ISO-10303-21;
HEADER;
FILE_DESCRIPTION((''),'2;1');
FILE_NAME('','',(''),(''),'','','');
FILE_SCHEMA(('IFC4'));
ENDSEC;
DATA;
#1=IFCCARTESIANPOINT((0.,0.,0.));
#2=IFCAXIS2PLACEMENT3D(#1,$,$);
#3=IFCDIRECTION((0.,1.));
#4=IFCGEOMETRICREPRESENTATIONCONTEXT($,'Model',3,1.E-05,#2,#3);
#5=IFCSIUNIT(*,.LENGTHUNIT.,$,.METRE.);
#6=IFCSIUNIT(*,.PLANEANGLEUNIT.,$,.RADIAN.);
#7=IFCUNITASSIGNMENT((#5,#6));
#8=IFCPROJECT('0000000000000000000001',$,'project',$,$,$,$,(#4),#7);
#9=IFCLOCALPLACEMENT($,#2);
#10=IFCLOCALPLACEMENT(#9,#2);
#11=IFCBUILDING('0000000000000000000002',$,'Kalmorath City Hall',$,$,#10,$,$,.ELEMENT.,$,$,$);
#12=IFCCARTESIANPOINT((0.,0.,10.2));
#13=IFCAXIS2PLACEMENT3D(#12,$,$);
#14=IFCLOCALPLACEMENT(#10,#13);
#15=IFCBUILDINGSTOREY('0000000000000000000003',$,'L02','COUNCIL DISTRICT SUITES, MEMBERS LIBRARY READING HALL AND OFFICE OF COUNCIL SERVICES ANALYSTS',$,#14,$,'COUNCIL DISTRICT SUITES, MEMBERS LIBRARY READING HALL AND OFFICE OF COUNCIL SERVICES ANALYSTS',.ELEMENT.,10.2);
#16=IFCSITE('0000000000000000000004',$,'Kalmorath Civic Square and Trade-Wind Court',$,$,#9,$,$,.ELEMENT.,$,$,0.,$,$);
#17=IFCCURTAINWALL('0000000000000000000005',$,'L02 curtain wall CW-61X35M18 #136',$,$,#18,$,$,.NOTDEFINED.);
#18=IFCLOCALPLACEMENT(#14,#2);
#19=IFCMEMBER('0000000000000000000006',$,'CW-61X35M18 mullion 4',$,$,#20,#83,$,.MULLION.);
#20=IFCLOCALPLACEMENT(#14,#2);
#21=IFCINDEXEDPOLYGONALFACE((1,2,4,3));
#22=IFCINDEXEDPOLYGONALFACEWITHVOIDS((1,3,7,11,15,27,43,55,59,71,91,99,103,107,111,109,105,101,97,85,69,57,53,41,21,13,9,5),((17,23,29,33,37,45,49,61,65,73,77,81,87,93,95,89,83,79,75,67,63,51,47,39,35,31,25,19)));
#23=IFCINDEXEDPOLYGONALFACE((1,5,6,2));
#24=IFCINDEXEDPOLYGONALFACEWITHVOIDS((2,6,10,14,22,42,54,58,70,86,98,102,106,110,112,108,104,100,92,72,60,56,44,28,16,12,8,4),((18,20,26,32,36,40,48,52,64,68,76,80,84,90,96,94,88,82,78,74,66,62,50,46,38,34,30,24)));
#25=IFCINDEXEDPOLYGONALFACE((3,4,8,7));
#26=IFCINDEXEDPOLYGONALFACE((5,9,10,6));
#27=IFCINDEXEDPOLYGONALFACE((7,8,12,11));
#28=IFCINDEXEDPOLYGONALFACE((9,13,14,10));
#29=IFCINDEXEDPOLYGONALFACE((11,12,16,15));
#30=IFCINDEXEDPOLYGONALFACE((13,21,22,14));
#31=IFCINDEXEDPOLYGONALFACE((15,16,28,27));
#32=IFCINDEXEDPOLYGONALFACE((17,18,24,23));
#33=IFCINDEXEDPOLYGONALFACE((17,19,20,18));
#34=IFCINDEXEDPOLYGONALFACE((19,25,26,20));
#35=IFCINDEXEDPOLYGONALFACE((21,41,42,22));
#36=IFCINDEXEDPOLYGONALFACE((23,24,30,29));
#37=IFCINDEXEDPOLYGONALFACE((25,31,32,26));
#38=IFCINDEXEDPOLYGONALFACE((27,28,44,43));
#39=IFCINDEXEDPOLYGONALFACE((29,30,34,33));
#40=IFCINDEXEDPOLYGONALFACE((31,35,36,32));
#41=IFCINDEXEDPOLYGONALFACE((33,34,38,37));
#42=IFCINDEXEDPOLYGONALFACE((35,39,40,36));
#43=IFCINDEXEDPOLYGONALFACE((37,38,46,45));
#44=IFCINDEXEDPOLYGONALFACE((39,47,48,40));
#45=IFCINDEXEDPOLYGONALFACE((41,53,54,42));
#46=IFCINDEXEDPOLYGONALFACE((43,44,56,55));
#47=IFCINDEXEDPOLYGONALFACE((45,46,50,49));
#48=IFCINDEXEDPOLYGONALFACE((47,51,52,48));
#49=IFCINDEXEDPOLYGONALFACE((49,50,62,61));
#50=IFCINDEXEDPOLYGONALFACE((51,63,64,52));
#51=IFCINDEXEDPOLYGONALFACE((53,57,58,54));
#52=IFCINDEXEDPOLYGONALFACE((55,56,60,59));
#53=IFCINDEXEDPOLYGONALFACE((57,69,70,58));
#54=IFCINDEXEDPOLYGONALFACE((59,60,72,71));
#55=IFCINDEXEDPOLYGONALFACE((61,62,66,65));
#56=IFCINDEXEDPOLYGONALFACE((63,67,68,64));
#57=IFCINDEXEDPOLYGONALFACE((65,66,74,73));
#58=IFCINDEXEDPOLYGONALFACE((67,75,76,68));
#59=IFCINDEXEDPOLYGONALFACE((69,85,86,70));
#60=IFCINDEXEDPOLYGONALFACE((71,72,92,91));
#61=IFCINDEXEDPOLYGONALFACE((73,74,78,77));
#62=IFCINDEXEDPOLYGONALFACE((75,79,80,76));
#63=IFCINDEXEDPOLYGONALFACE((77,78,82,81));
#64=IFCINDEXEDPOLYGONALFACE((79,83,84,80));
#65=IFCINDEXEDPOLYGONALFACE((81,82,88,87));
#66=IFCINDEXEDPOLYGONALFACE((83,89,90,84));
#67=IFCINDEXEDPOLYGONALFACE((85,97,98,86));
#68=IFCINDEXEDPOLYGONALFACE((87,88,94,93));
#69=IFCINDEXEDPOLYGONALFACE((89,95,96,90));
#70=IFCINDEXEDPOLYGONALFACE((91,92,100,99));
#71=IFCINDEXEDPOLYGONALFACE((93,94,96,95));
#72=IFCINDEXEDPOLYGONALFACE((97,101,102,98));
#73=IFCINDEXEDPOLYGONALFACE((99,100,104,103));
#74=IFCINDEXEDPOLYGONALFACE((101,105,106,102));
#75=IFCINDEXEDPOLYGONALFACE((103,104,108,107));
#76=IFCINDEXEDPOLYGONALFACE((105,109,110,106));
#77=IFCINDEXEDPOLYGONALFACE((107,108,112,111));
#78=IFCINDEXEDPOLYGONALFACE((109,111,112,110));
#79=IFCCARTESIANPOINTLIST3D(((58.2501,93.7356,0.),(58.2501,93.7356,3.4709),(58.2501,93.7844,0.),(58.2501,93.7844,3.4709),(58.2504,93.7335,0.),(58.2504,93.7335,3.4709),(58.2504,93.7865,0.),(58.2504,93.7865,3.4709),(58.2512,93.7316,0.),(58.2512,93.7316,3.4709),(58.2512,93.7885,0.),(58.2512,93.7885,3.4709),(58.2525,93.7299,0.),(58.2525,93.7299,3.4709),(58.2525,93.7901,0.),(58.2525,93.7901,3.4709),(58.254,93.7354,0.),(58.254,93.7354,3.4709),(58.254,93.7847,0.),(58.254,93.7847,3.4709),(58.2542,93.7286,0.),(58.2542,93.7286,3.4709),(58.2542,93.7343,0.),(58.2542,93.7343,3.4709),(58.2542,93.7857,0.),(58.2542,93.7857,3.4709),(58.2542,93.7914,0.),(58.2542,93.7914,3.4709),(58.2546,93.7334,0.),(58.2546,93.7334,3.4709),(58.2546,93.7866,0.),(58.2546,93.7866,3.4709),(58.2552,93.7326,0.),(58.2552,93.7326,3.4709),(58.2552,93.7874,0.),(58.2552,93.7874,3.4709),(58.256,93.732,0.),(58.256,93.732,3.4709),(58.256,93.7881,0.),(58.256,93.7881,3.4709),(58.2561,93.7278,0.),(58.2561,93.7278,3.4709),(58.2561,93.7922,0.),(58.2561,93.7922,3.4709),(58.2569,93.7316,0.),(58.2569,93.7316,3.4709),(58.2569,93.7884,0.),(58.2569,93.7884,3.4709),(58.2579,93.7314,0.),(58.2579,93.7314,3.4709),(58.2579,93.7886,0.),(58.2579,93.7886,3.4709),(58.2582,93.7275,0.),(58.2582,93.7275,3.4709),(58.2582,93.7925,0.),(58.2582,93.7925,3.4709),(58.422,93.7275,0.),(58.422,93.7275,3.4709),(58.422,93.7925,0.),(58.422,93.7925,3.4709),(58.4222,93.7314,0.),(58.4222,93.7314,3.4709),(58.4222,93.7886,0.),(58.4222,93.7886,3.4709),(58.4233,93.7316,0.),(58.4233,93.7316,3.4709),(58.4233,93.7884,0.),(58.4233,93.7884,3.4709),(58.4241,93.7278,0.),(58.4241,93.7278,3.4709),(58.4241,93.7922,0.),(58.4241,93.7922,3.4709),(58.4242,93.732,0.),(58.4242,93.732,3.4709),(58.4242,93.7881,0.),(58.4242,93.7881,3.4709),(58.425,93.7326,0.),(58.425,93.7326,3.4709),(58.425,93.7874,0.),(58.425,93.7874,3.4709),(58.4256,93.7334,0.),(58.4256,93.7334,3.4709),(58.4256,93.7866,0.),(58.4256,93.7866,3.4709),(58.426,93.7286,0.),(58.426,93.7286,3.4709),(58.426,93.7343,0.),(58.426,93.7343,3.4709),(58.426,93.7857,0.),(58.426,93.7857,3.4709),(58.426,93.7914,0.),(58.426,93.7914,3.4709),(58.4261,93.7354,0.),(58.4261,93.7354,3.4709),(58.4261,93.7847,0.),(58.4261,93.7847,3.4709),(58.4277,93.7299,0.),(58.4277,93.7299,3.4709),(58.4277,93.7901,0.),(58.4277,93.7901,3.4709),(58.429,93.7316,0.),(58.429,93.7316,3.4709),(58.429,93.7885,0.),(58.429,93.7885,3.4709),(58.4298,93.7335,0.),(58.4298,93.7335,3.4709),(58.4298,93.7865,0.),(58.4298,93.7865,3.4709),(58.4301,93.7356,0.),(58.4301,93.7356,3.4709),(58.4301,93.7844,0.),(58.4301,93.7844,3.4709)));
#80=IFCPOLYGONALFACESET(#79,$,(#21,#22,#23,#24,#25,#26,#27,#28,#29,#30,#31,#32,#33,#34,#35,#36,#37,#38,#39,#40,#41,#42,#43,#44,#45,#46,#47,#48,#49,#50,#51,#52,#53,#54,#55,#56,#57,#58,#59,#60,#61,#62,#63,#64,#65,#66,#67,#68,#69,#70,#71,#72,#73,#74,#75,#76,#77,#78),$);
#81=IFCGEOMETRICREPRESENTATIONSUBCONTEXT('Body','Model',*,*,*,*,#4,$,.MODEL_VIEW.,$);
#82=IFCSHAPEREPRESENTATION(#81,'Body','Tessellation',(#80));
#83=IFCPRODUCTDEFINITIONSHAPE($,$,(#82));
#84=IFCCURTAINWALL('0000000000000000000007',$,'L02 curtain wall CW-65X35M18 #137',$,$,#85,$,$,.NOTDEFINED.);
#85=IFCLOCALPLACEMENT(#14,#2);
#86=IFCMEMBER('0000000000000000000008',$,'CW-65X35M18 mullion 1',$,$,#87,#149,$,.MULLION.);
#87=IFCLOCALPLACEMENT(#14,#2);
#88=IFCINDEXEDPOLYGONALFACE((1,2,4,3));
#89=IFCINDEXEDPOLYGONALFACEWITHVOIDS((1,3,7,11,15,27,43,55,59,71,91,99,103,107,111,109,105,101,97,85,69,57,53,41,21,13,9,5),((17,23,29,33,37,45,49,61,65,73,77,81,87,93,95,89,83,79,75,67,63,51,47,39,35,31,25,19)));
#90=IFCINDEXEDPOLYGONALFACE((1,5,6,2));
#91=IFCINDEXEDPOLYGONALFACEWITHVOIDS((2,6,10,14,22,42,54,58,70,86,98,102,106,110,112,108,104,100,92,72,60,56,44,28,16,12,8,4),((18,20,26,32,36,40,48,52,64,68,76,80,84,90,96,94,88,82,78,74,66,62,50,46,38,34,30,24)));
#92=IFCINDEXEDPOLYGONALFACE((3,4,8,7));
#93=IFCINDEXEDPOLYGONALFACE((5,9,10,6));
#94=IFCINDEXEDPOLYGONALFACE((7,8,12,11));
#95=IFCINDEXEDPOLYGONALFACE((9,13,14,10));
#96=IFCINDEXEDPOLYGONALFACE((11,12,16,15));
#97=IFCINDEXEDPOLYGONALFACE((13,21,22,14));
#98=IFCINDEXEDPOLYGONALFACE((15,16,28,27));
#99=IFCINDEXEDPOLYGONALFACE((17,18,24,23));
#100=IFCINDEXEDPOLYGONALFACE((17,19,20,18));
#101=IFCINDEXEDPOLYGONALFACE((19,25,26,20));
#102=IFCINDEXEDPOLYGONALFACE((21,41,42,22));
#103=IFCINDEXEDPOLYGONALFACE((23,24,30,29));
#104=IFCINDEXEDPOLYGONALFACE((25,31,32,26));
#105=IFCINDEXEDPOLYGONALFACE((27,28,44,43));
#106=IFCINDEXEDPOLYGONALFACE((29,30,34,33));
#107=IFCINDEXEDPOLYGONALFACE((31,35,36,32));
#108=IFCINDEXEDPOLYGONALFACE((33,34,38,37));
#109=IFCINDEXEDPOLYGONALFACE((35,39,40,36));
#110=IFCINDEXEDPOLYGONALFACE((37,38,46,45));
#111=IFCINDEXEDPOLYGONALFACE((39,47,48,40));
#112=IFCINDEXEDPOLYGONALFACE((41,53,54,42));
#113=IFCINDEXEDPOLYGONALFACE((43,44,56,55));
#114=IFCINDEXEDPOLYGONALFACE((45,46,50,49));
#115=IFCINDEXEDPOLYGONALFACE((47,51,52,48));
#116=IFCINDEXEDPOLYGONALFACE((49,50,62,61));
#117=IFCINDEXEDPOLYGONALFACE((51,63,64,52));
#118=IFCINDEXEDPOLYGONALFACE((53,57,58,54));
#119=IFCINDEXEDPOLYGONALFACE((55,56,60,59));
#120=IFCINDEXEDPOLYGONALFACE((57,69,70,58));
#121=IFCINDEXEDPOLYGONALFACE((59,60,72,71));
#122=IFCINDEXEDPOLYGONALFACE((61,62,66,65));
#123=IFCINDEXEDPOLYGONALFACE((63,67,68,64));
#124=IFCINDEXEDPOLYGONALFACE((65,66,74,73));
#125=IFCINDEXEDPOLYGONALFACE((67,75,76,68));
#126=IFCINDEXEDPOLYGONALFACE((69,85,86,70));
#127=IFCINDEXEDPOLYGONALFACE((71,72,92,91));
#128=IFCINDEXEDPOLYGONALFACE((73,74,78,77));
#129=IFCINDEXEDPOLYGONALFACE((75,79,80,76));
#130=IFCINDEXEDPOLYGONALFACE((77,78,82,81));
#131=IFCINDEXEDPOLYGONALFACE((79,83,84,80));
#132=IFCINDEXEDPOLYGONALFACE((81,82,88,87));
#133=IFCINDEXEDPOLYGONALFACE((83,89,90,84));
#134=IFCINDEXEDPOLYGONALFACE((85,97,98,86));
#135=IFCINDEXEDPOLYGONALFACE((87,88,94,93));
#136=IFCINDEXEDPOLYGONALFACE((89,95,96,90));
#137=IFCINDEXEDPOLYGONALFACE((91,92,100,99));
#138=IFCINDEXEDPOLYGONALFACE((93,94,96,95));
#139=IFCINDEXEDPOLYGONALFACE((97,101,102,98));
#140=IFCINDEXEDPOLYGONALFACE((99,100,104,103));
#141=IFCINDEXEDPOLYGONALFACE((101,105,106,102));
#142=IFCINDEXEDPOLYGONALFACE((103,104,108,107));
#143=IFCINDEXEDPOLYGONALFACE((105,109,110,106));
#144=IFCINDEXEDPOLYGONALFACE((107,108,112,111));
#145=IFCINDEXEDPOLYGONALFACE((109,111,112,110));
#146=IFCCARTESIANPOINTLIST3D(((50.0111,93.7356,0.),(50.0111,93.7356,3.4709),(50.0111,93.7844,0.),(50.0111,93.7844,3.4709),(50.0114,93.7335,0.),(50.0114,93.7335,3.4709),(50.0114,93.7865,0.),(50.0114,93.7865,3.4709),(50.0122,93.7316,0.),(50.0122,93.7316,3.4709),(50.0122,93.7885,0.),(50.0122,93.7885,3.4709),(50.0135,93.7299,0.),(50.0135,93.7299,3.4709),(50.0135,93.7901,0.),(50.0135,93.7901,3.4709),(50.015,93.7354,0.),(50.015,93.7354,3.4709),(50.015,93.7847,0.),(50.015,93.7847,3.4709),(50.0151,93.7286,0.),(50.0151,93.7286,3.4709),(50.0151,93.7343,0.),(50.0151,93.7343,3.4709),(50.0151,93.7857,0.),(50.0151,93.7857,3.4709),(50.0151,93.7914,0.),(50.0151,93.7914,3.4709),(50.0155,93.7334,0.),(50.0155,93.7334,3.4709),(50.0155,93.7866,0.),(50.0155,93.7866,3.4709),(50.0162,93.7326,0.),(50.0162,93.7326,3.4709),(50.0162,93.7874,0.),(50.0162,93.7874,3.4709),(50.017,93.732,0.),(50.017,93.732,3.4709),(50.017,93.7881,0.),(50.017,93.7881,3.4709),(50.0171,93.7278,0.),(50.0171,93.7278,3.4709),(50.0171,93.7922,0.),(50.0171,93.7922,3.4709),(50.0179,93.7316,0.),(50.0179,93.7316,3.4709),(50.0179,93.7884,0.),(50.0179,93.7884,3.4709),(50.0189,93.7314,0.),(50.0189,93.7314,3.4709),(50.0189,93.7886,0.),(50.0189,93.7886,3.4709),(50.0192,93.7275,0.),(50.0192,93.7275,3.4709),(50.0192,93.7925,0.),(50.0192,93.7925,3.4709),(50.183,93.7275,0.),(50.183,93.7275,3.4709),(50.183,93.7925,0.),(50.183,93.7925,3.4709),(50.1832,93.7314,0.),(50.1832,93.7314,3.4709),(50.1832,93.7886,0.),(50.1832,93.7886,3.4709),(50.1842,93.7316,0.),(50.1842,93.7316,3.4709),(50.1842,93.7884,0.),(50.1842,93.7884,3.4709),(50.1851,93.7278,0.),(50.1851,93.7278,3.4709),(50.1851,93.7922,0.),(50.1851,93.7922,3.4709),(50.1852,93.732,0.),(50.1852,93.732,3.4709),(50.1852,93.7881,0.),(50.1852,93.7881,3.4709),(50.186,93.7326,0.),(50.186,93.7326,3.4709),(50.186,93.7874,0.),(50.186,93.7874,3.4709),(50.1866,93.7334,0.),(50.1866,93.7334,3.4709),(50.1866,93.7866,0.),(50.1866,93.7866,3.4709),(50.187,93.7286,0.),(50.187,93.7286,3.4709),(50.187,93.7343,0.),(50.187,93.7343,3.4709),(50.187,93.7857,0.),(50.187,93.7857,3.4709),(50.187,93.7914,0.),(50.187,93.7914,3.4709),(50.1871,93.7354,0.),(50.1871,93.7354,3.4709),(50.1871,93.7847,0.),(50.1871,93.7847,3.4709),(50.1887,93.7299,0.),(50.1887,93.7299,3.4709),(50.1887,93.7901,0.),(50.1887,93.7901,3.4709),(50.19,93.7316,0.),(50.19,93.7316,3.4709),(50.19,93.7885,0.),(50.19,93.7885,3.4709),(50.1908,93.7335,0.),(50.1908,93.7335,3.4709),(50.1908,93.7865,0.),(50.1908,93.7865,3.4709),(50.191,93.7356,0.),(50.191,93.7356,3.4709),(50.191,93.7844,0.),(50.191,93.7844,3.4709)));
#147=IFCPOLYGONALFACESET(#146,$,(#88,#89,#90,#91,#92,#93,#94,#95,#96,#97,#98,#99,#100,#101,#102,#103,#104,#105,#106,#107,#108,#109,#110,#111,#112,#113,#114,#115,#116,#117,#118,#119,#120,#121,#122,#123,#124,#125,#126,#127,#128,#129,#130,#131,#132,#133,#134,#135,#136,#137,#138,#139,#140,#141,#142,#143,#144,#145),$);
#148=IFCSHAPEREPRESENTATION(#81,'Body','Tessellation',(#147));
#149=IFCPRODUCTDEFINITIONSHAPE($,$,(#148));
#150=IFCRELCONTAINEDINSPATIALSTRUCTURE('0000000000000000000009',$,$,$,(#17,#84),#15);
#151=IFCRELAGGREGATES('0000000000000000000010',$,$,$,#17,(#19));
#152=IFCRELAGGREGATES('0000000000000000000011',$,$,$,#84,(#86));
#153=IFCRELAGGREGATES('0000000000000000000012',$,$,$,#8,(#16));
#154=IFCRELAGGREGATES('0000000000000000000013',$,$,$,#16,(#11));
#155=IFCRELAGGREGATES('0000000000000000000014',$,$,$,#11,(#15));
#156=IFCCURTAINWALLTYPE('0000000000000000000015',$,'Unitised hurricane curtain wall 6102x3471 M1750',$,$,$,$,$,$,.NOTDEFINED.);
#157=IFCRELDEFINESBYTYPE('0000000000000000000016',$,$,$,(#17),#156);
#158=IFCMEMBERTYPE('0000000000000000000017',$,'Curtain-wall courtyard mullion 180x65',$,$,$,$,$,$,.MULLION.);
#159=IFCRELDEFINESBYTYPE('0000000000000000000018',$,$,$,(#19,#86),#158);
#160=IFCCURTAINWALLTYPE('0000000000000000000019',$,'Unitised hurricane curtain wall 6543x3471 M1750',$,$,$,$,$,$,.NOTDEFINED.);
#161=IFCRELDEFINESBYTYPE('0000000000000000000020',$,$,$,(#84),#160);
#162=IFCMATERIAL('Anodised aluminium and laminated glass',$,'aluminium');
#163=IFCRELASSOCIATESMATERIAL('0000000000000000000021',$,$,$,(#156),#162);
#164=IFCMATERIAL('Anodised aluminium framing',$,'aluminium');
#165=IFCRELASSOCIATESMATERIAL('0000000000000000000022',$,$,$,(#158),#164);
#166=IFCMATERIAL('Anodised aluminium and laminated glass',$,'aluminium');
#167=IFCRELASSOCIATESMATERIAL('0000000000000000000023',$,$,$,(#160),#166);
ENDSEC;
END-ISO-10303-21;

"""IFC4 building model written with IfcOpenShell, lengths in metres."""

from ifc_helpers import new_model, si_unit, direction, frame, origin, origin_2d, place, context, subcontext, project, spatial, hollow_rectangle, extrude, material, material_profile, profile_set, type_object, element, aggregate, save


model = new_model("IFC4")

# Units and contexts
model_context = context("Model", 3, precision=1e-05, world=origin(), true_north=direction((0.0, 1.0)))
body_context = subcontext(model_context, "Body", "Model", "MODEL_VIEW")
ifc_project = project(units=[si_unit("LENGTHUNIT", "METRE"), si_unit("PLANEANGLEUNIT", "RADIAN")], contexts=[model_context])

# Site, building, storey
site_placement = place(None, origin())
site = spatial("IfcSite", under=ifc_project, at=site_placement, Name="Kalmorath Civic Square and Trade-Wind Court", CompositionType="ELEMENT", RefElevation=0.0)
building_placement = place(site_placement, origin())
building = spatial("IfcBuilding", under=site, at=building_placement, Name="Kalmorath City Hall", CompositionType="ELEMENT")
storey_placement = place(building_placement, frame((0.0, 0.0, 10.2)))
storey = spatial("IfcBuildingStorey", under=building, at=storey_placement, Name="L02", Description="COUNCIL DISTRICT SUITES, MEMBERS LIBRARY READING HALL AND OFFICE OF COUNCIL SERVICES ANALYSTS", LongName="COUNCIL DISTRICT SUITES, MEMBERS LIBRARY READING HALL AND OFFICE OF COUNCIL SERVICES ANALYSTS", CompositionType="ELEMENT", Elevation=10.2)

# Curtain walls, members
ifc_material_1 = material(Name="Anodised aluminium and laminated glass", Category="aluminium")
curtain_wall_type_1 = type_object("IfcCurtainWallType", Name="Unitised hurricane curtain wall 6102x3471 M1750", PredefinedType="NOTDEFINED", material=ifc_material_1)
curtain_wall_1_placement = place(storey_placement, origin())
curtain_wall_1 = element("IfcCurtainWall", 1, at=curtain_wall_1_placement, inside=storey, type_object=curtain_wall_type_1, Name="L02 curtain wall CW-61X35M18 #136", PredefinedType="NOTDEFINED")
ifc_material_2 = material(Name="Anodised aluminium framing", Category="aluminium")
ifc_material_profile_1 = material_profile(ifc_material_2, hollow_rectangle(XDim=0.0649, YDim=0.1799, WallThickness=0.0039, InnerFilletRadius=0.0039, OuterFilletRadius=0.0081, at=origin_2d()), Name="ALU-MUL-180X65X4")
ifc_profile_set_1 = profile_set([ifc_material_profile_1], Name="Anodised aluminium framing")
member_type_1 = type_object("IfcMemberType", Name="Curtain-wall courtyard mullion 180x65", PredefinedType="MULLION", material=ifc_profile_set_1)
member_1_placement = place(storey_placement, frame((58.3401, 93.76, 0.0), z_axis=(0.0, 0.0, 1.0), x_axis=(0.0, -1.0, 0.0)))
member_1 = element("IfcMember", 2, at=member_1_placement, type_object=member_type_1, Name="CW-61X35M18 mullion 4", PredefinedType="MULLION", context=body_context, shape_type="SweptSolid", body=[
    extrude(hollow_rectangle(XDim=0.0649, YDim=0.1799, WallThickness=0.0039, InnerFilletRadius=0.0039, OuterFilletRadius=0.0081, at=origin_2d()), origin(), (0.0, 0.0, 1.0), 3.4709),
])
ifc_material_3 = material(Name="Anodised aluminium and laminated glass", Category="aluminium")
curtain_wall_type_2 = type_object("IfcCurtainWallType", Name="Unitised hurricane curtain wall 6543x3471 M1750", PredefinedType="NOTDEFINED", material=ifc_material_3)
curtain_wall_2_placement = place(storey_placement, origin())
curtain_wall_2 = element("IfcCurtainWall", 3, at=curtain_wall_2_placement, inside=storey, type_object=curtain_wall_type_2, Name="L02 curtain wall CW-65X35M18 #137", PredefinedType="NOTDEFINED")
member_2_placement = place(storey_placement, frame((50.1011, 93.76, 0.0), z_axis=(0.0, 0.0, 1.0), x_axis=(0.0, -1.0, 0.0)))
member_2 = element("IfcMember", 4, at=member_2_placement, type_object=member_type_1, Name="CW-65X35M18 mullion 1", PredefinedType="MULLION", context=body_context, shape_type="SweptSolid", body=[
    extrude(hollow_rectangle(XDim=0.0649, YDim=0.1799, WallThickness=0.0039, InnerFilletRadius=0.0039, OuterFilletRadius=0.0081, at=origin_2d()), origin(), (0.0, 0.0, 1.0), 3.4709),
])

aggregate(curtain_wall_1, [member_1])
aggregate(curtain_wall_2, [member_2])

save(model, "model.ifc")
